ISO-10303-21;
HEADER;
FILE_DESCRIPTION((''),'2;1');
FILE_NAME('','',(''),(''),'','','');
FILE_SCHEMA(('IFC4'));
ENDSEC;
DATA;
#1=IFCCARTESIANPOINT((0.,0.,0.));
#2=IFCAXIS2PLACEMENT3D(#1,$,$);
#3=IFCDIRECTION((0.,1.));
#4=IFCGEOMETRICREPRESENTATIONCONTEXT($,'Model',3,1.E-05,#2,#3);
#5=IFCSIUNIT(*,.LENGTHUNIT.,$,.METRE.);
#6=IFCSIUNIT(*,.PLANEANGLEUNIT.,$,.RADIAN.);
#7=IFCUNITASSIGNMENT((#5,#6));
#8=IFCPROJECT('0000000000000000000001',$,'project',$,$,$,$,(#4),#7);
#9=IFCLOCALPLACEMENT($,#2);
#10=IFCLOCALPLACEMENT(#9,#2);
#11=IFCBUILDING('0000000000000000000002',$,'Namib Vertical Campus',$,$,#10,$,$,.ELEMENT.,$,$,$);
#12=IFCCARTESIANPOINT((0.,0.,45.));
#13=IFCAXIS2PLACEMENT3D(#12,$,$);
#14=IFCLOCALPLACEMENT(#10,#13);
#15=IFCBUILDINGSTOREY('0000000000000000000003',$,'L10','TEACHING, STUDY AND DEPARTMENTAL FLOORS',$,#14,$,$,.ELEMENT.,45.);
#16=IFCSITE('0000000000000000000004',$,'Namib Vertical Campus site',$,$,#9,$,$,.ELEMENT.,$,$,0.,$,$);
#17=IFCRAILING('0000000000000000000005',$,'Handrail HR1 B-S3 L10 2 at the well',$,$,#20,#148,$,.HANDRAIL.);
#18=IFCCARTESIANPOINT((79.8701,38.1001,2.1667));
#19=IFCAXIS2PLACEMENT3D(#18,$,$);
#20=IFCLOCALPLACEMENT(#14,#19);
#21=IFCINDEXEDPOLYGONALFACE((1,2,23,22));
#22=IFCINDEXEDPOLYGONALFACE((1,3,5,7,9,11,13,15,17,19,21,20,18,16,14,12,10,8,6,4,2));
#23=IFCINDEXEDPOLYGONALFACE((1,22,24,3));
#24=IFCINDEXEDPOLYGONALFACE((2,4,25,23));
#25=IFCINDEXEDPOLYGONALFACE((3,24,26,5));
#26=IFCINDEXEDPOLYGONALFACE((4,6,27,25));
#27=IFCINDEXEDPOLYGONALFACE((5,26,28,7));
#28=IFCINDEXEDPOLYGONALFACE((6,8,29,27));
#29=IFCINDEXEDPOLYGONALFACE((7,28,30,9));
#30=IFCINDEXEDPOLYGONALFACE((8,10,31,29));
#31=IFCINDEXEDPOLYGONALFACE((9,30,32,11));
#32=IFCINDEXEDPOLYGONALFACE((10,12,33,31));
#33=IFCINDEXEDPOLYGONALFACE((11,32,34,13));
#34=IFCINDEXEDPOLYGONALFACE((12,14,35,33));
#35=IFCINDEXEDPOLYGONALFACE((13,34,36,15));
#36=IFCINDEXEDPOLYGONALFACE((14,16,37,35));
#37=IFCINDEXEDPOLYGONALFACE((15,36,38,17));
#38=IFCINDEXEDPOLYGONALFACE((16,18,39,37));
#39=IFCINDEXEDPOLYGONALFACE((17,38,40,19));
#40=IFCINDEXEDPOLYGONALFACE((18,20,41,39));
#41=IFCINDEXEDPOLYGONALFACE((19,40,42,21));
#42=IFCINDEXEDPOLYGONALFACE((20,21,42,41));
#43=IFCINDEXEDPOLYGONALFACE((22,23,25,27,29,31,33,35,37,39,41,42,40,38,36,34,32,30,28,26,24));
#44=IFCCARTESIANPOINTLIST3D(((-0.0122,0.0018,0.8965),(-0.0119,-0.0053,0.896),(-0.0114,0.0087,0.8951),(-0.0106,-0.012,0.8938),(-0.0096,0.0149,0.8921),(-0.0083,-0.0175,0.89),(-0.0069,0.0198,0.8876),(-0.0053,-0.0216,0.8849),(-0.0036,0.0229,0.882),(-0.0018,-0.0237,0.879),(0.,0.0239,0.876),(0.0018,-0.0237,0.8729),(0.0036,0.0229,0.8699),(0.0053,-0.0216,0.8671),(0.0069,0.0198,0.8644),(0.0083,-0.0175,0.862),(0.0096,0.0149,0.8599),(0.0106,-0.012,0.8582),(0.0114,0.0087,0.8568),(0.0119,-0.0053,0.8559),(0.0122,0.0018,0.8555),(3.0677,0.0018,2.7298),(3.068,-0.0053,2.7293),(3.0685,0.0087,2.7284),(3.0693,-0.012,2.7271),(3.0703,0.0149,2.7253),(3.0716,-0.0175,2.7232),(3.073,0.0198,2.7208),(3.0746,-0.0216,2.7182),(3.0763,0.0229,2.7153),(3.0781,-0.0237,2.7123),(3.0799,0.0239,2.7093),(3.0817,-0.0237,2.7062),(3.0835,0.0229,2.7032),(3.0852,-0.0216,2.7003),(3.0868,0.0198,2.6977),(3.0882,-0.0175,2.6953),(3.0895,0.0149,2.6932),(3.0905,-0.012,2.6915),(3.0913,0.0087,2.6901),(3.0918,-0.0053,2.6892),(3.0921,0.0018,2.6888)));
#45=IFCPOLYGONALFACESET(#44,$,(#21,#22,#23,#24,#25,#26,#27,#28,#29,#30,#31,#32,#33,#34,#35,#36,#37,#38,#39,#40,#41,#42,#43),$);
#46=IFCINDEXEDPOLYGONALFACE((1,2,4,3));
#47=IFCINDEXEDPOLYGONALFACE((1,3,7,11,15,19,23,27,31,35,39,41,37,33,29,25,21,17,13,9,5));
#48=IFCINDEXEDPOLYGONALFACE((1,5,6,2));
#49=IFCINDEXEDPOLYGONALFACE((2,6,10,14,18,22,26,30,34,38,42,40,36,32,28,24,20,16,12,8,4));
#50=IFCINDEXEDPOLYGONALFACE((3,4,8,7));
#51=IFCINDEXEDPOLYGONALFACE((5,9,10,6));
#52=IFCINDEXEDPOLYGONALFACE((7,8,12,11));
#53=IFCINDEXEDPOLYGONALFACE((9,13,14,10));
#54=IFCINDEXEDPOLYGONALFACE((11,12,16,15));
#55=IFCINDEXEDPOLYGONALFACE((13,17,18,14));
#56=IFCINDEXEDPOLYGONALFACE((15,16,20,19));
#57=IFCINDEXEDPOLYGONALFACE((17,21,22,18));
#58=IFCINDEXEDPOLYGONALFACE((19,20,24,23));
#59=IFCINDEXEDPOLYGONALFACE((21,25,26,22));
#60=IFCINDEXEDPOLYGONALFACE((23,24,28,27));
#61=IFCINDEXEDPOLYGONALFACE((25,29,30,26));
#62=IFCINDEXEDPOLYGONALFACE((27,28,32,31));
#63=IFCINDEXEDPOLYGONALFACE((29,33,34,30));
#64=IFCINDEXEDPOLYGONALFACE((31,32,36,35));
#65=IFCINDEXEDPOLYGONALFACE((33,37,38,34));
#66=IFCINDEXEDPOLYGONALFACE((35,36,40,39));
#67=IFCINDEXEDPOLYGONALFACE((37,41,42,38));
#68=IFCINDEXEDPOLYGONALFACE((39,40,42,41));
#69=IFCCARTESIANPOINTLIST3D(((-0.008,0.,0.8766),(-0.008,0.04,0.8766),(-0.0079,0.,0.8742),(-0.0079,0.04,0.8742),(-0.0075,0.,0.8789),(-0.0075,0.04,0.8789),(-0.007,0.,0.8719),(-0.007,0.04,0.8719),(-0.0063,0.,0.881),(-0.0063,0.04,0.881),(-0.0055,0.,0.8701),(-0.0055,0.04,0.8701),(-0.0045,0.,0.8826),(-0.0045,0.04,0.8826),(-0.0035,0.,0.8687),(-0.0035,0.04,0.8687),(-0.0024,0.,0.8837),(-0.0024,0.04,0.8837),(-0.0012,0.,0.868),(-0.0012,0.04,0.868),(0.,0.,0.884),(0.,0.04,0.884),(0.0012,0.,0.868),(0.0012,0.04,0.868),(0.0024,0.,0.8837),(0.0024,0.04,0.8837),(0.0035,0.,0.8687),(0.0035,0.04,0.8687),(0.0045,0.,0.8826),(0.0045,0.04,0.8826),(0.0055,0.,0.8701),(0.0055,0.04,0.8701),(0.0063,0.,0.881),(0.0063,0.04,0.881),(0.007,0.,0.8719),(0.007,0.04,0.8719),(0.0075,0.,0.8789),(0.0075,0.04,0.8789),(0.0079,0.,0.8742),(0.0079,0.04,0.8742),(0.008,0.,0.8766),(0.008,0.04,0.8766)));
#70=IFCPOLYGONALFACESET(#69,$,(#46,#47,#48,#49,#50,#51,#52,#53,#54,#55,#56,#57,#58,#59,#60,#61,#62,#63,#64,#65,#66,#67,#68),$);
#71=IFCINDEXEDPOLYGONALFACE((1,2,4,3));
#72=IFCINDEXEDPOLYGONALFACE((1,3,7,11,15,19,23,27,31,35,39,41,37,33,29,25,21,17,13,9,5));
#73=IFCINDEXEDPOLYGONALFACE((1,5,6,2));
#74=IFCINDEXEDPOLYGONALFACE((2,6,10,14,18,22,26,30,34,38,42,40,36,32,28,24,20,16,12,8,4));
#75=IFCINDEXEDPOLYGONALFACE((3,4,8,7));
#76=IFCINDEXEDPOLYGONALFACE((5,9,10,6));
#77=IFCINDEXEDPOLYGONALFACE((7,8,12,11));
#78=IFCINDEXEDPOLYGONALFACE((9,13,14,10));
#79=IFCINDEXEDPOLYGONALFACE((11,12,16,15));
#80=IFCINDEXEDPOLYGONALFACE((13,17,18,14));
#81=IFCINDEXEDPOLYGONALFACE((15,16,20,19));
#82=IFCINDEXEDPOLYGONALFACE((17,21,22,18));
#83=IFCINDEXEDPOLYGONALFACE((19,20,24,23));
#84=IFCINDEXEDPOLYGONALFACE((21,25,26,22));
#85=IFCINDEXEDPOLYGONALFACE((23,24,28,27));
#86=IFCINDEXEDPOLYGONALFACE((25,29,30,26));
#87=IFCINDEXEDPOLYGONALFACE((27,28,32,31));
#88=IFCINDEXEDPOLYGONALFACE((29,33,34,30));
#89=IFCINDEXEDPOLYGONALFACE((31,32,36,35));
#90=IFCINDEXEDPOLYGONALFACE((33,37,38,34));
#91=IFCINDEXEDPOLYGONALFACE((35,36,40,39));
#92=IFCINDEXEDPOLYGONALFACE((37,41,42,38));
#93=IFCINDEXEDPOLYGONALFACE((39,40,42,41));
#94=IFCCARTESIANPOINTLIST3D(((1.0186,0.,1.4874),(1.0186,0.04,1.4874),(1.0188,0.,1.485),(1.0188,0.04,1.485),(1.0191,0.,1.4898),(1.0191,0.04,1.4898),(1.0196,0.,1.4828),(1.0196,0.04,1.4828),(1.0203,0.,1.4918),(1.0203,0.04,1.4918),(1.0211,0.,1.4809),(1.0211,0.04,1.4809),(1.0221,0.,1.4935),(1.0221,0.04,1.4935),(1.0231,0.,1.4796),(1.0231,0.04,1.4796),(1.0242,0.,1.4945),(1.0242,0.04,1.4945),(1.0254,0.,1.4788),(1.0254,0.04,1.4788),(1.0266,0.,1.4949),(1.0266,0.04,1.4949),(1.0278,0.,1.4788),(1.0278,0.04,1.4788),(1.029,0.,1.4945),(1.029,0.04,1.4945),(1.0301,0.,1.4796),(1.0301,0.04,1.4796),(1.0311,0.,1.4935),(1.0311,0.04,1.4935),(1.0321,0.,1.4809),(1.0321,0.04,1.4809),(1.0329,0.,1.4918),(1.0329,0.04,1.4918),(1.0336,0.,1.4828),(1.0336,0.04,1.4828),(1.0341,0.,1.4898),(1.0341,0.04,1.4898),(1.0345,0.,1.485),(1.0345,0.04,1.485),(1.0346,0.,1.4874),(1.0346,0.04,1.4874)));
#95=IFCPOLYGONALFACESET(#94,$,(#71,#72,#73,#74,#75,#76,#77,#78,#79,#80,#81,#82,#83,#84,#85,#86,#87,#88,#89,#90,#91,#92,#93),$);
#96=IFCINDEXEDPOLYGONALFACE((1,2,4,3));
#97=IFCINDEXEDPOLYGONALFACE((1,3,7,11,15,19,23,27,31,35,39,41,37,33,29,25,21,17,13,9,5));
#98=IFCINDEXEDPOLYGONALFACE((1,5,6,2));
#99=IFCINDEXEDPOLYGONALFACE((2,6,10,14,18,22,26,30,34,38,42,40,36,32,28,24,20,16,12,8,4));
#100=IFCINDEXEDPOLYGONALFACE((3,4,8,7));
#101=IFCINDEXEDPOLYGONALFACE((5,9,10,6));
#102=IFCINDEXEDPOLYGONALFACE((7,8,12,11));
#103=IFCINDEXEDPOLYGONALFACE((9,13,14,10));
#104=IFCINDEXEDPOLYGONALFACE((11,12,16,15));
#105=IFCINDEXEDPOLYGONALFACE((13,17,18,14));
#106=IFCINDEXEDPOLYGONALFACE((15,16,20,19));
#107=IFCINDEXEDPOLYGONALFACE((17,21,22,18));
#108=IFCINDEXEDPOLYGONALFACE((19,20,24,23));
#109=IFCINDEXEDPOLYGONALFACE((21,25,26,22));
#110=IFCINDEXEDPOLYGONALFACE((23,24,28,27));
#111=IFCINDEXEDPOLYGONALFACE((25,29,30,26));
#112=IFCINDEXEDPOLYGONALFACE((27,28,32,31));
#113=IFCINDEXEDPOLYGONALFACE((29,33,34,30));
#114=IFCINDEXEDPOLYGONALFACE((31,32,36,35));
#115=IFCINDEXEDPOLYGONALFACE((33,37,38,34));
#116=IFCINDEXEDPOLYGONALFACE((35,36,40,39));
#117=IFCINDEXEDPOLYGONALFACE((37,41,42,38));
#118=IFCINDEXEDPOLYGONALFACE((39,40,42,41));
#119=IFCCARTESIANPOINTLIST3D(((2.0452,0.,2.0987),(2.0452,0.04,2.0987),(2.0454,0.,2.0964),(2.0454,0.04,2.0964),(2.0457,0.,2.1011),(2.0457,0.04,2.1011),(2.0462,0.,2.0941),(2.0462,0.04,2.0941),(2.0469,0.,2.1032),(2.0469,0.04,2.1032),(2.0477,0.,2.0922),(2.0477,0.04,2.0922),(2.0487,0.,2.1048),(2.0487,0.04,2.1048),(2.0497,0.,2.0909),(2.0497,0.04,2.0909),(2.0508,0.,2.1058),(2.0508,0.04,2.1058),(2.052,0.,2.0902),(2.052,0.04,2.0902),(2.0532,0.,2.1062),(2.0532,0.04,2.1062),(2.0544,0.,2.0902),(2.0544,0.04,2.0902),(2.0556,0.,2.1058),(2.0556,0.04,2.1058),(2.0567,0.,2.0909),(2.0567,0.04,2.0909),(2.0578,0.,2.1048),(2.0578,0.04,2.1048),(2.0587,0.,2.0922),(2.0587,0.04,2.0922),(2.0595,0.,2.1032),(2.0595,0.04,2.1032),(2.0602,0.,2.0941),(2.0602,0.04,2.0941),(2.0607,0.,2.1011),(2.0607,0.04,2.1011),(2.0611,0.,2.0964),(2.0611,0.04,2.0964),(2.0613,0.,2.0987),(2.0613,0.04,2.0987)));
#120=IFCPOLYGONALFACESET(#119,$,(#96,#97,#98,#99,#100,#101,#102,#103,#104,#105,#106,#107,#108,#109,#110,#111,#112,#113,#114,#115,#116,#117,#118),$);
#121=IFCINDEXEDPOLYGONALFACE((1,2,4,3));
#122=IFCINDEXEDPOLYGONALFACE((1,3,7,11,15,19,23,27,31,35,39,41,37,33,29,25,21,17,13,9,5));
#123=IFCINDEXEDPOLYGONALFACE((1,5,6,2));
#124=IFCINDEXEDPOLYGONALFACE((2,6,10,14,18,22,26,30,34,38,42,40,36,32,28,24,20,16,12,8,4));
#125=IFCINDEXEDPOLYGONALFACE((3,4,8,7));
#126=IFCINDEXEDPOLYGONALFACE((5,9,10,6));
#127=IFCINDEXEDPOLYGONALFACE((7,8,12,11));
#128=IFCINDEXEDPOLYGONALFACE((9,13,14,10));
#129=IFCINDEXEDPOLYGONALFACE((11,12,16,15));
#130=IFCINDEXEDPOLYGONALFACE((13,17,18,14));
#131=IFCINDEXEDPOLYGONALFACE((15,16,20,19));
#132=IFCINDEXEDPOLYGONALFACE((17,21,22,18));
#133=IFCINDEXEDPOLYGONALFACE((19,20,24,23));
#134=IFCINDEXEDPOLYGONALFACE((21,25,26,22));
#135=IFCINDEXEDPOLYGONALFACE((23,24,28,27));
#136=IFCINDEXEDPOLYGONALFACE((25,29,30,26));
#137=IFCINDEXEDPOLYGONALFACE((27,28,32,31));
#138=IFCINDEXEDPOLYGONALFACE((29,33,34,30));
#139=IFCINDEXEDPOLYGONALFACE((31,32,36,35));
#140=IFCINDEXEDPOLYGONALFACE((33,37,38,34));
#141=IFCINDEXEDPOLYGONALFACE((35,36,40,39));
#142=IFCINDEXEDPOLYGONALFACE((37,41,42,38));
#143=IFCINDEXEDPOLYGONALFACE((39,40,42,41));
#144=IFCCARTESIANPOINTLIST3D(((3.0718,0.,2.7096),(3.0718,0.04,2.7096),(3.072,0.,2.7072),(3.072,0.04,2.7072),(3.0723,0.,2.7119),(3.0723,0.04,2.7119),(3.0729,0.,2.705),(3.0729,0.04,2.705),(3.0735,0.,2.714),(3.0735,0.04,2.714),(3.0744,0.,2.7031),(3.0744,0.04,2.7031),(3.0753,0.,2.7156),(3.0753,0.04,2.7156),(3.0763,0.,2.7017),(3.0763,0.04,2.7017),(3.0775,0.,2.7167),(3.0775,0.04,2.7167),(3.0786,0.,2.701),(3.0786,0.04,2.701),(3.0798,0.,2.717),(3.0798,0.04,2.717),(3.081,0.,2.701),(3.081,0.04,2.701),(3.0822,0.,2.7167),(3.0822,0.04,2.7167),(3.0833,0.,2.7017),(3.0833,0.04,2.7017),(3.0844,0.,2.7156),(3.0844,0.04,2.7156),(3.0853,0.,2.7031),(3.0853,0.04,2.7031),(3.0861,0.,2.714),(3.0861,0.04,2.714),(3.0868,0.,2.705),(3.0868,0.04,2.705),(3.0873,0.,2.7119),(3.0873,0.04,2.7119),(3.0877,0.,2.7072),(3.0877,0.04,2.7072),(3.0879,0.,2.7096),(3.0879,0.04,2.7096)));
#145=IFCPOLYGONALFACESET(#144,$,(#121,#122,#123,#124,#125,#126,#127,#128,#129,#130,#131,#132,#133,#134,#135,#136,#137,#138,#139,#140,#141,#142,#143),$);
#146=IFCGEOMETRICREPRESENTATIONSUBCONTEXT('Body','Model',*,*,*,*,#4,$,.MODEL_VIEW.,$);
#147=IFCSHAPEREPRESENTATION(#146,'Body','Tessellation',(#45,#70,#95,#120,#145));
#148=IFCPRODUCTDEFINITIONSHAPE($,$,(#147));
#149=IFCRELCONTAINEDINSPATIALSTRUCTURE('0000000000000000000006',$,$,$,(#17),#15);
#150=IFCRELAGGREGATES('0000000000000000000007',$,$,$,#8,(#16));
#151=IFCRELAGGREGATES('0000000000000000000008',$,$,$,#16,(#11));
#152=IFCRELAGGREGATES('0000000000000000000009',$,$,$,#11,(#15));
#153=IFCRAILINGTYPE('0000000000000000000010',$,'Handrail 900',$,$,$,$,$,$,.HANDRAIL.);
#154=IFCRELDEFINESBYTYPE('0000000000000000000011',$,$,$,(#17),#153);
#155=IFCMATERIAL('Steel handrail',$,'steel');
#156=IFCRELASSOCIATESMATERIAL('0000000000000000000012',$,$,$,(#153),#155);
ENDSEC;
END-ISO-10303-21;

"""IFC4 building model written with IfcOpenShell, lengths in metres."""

from ifc_helpers import new_model, si_unit, direction, frame, origin, origin_2d, place, context, subcontext, project, spatial, circle, extrude, material, type_object, element, save


model = new_model("IFC4")

# Units and contexts
model_context = context("Model", 3, precision=1e-05, world=origin(), true_north=direction((0.0, 1.0)))
body_context = subcontext(model_context, "Body", "Model", "MODEL_VIEW")
ifc_project = project(units=[si_unit("LENGTHUNIT", "METRE"), si_unit("PLANEANGLEUNIT", "RADIAN")], contexts=[model_context])

# Site, building, storey
site_placement = place(None, origin())
site = spatial("IfcSite", under=ifc_project, at=site_placement, Name="Namib Vertical Campus site", CompositionType="ELEMENT", RefElevation=0.0)
building_placement = place(site_placement, origin())
building = spatial("IfcBuilding", under=site, at=building_placement, Name="Namib Vertical Campus", CompositionType="ELEMENT")
storey_placement = place(building_placement, frame((0.0, 0.0, 45.0)))
storey = spatial("IfcBuildingStorey", under=building, at=storey_placement, Name="L10", Description="TEACHING, STUDY AND DEPARTMENTAL FLOORS", CompositionType="ELEMENT", Elevation=45.0)

# Railing
ifc_material_1 = material(Name="Steel handrail", Category="steel")
railing_type = type_object("IfcRailingType", Name="Handrail 900", PredefinedType="HANDRAIL", material=ifc_material_1)
railing_1_placement = place(storey_placement, frame((79.8701, 38.1001, 2.1667)))
element("IfcRailing", 1, at=railing_1_placement, inside=storey, type_object=railing_type, Name="Handrail HR1 B-S3 L10 2 at the well", PredefinedType="HANDRAIL", context=body_context, shape_type="SweptSolid", body=[
    extrude(circle(Radius=0.0239, at=origin_2d()), frame((0.0, 0.0, 0.876), z_axis=(0.859291, 0.0, 0.511487), x_axis=(0.0, 1.0, 0.0)), (0.0, 0.0, 1.0), 3.5842),
    extrude(circle(Radius=0.0081, at=origin_2d()), frame((0.0, 0.0, 0.876), z_axis=(0.0, 1.0, 0.0), x_axis=(0.0, 0.0, 1.0)), (0.0, 0.0, 1.0), 0.04),
    extrude(circle(Radius=0.0081, at=origin_2d()), frame((1.0266, 0.0, 1.4868), z_axis=(0.0, 1.0, 0.0), x_axis=(0.0, 0.0, 1.0)), (0.0, 0.0, 1.0), 0.04),
    extrude(circle(Radius=0.0081, at=origin_2d()), frame((2.0532, 0.0, 2.0981), z_axis=(0.0, 1.0, 0.0), x_axis=(0.0, 0.0, 1.0)), (0.0, 0.0, 1.0), 0.04),
    extrude(circle(Radius=0.0081, at=origin_2d()), frame((3.0798, 0.0, 2.709), z_axis=(0.0, 1.0, 0.0), x_axis=(0.0, 0.0, 1.0)), (0.0, 0.0, 1.0), 0.04),
])

save(model, "model.ifc")
